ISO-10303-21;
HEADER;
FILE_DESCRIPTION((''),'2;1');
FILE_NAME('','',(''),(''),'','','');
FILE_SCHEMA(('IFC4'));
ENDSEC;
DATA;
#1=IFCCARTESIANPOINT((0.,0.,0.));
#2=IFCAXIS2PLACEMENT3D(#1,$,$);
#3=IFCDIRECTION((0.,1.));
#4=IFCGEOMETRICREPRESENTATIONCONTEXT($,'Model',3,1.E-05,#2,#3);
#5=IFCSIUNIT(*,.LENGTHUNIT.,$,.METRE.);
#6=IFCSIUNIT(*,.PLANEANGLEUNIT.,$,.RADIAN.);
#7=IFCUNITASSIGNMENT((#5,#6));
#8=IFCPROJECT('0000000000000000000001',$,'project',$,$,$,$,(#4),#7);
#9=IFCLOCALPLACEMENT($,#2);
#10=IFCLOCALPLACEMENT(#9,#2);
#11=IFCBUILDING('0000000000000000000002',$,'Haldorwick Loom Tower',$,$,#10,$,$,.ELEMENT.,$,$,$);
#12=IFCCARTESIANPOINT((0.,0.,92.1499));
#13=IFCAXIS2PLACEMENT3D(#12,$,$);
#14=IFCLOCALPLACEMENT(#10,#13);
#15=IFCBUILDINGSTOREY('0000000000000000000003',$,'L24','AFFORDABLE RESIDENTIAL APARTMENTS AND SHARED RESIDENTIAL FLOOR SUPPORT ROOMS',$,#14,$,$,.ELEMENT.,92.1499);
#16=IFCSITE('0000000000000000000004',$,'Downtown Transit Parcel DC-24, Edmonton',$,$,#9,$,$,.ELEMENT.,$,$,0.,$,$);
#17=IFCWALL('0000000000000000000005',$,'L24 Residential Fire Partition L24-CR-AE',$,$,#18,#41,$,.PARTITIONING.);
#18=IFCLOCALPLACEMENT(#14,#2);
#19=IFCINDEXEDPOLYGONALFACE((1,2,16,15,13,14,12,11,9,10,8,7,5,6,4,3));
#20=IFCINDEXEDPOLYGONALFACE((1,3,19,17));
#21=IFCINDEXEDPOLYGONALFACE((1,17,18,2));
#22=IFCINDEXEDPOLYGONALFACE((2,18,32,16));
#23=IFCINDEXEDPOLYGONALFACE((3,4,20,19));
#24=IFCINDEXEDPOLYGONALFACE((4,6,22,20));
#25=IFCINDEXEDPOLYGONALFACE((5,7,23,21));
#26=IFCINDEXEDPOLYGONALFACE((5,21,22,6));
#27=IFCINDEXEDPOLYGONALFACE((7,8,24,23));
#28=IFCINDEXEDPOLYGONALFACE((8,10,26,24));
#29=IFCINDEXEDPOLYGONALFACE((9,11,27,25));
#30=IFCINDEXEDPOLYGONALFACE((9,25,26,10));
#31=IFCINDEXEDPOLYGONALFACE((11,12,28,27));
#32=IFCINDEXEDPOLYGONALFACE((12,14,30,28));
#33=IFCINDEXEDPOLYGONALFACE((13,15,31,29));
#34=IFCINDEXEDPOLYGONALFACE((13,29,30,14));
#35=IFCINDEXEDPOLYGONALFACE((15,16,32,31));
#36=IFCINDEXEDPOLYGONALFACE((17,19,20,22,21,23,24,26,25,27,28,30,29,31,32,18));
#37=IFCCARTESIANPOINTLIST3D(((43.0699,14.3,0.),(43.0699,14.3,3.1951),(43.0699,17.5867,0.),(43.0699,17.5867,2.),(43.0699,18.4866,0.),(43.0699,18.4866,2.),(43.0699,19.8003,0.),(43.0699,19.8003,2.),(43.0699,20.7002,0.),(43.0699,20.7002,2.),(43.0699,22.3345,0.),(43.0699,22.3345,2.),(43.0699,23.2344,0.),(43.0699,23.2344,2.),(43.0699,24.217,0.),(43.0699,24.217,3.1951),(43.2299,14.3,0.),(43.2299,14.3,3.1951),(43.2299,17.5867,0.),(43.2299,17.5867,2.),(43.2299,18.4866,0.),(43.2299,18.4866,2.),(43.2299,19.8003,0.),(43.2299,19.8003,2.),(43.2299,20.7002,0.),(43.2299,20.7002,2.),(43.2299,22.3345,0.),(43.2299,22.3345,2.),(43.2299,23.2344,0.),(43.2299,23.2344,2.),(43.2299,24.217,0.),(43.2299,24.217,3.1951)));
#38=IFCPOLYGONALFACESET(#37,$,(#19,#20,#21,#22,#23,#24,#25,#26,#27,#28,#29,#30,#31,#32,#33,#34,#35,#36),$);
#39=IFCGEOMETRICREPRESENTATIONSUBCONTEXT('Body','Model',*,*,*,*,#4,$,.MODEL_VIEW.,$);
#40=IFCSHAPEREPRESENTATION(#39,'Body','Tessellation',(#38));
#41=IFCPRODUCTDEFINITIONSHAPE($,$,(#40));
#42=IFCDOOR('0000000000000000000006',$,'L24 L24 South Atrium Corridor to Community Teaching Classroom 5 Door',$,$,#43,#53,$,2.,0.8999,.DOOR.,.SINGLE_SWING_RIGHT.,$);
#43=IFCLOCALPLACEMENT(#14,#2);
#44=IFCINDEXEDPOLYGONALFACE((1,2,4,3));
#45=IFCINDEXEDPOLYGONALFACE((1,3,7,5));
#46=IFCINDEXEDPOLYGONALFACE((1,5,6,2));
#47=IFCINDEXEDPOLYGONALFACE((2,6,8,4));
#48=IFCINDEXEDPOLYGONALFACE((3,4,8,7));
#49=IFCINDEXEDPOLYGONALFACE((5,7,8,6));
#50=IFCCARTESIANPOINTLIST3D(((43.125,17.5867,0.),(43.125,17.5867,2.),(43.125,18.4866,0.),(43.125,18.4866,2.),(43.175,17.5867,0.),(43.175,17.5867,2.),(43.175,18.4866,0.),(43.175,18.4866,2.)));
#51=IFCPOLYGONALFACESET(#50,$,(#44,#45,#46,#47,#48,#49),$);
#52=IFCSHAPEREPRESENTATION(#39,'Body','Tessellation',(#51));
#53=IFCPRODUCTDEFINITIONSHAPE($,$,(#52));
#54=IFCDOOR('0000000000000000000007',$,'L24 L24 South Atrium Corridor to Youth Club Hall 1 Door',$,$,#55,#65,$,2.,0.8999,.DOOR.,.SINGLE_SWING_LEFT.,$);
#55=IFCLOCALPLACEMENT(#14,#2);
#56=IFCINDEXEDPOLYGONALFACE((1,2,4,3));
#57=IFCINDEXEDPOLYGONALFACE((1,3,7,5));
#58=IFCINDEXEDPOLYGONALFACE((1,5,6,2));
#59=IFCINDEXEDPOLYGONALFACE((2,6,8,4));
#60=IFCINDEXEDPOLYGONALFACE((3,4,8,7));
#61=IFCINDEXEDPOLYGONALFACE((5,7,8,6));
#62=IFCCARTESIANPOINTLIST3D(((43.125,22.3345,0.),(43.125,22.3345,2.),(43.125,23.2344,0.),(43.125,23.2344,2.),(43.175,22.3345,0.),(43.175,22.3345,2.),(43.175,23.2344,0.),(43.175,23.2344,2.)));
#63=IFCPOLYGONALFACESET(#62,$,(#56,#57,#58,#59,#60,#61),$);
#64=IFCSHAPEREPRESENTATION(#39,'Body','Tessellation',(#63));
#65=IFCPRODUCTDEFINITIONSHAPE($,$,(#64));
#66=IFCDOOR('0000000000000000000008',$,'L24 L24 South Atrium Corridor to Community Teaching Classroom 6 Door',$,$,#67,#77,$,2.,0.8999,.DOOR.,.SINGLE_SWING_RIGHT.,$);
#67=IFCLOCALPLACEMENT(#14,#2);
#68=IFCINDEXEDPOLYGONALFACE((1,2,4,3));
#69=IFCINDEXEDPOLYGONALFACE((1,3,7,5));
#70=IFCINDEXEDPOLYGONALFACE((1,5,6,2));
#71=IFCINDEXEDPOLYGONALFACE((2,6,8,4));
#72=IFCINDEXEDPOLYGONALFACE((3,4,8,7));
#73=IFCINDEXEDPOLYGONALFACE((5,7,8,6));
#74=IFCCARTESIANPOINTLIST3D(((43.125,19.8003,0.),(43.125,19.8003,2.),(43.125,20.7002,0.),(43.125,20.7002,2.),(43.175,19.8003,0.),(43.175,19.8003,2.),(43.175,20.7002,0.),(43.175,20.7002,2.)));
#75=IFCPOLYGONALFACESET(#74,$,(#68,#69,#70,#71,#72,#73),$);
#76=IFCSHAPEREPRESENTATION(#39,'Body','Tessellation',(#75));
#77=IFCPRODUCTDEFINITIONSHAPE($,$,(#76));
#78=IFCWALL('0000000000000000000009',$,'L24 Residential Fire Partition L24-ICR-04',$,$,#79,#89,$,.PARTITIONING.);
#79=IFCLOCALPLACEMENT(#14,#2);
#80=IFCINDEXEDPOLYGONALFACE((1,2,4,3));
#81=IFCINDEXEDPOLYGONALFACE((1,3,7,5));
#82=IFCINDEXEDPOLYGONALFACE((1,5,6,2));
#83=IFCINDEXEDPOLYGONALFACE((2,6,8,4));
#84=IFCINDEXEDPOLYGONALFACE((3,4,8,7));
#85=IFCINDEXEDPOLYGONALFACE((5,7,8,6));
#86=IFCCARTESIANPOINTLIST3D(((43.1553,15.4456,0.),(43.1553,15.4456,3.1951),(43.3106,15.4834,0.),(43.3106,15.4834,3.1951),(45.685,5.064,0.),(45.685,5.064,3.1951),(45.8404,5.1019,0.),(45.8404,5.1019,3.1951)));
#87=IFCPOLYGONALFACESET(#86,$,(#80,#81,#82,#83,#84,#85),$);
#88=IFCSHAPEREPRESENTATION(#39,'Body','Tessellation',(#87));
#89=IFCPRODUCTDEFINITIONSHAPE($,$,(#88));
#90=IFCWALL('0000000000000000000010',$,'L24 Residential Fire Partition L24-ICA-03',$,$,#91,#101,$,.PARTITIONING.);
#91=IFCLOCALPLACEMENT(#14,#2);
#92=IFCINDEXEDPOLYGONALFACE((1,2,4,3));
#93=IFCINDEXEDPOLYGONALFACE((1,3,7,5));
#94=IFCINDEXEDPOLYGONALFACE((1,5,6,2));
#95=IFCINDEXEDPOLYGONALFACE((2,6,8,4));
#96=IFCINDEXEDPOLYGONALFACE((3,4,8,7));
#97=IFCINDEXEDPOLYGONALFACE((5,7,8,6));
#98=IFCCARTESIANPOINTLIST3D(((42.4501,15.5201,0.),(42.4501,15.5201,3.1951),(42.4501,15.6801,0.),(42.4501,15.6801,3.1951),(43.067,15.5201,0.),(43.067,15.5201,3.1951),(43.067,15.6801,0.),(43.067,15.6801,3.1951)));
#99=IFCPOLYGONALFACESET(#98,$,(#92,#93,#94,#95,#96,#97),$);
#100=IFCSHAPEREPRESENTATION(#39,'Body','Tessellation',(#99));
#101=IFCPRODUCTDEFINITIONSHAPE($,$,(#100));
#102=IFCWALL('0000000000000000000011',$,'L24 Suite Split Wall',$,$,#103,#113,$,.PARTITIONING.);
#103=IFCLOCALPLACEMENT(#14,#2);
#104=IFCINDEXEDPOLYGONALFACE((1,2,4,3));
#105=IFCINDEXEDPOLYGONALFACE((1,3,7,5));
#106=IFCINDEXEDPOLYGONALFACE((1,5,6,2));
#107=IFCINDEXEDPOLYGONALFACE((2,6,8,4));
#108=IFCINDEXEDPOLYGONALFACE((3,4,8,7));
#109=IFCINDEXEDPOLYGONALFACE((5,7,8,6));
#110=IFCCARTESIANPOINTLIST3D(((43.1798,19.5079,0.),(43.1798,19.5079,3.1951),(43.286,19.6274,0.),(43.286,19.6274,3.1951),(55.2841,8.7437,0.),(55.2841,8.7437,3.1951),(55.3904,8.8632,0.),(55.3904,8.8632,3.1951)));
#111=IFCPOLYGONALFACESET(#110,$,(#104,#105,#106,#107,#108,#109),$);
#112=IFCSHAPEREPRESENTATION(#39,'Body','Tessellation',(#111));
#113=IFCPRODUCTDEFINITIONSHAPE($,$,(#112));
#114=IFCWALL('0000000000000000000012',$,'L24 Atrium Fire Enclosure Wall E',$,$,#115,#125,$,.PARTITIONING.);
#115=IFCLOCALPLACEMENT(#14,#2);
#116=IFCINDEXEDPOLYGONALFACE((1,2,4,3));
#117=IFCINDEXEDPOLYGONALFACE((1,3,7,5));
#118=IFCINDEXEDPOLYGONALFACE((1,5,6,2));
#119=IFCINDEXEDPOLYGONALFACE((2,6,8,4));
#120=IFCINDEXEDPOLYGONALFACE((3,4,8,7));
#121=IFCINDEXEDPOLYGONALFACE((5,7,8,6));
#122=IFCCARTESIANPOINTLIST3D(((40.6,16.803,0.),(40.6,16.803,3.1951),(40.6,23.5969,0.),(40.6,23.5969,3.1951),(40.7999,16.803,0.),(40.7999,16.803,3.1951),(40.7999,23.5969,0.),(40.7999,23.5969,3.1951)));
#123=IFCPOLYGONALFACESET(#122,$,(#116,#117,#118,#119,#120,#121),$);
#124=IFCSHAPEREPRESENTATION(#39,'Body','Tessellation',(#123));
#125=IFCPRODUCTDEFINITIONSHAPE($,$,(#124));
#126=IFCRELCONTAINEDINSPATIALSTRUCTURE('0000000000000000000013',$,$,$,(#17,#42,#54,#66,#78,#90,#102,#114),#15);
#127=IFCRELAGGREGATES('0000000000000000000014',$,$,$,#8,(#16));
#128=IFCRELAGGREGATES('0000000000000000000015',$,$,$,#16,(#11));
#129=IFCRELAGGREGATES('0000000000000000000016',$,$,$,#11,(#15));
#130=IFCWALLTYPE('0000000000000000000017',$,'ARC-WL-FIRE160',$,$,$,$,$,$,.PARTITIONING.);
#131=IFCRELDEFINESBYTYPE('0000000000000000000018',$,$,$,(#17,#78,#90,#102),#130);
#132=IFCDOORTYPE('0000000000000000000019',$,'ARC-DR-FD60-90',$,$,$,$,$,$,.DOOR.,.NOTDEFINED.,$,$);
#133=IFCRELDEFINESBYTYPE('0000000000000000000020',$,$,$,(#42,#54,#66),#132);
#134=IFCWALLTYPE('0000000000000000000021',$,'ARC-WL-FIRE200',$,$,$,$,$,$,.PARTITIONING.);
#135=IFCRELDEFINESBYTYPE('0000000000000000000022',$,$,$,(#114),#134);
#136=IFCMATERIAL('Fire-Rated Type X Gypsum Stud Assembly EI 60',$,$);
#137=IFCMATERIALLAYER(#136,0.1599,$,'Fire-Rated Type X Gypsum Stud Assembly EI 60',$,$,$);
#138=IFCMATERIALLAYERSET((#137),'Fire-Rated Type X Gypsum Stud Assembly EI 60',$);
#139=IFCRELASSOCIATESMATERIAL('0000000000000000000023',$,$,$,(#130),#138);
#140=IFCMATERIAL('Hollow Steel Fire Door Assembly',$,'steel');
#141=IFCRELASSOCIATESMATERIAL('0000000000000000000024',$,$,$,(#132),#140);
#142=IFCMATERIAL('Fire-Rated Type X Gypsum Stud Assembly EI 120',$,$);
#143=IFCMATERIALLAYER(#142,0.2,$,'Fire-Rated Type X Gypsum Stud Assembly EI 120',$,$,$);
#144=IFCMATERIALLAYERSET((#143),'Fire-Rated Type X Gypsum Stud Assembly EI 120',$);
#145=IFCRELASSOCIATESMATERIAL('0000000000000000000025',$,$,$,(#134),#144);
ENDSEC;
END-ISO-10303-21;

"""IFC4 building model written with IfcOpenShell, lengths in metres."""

from ifc_helpers import new_model, si_unit, direction, frame, frame_2d, origin, place, context, subcontext, project, spatial, rectangle, extrude, material, layer, layer_set, type_object, element, fill, save


model = new_model("IFC4")

# Units and contexts
model_context = context("Model", 3, precision=1e-05, world=origin(), true_north=direction((0.0, 1.0)))
body_context = subcontext(model_context, "Body", "Model", "MODEL_VIEW")
ifc_project = project(units=[si_unit("LENGTHUNIT", "METRE"), si_unit("PLANEANGLEUNIT", "RADIAN")], contexts=[model_context])

# Site, building, storey
site_placement = place(None, origin())
site = spatial("IfcSite", under=ifc_project, at=site_placement, Name="Downtown Transit Parcel DC-24, Edmonton", CompositionType="ELEMENT", RefElevation=0.0)
building_placement = place(site_placement, origin())
building = spatial("IfcBuilding", under=site, at=building_placement, Name="Haldorwick Loom Tower", CompositionType="ELEMENT")
storey_placement = place(building_placement, frame((0.0, 0.0, 92.1499)))
storey = spatial("IfcBuildingStorey", under=building, at=storey_placement, Name="L24", Description="AFFORDABLE RESIDENTIAL APARTMENTS AND SHARED RESIDENTIAL FLOOR SUPPORT ROOMS", CompositionType="ELEMENT", Elevation=92.1499)

# Wall, openings, doors
ifc_material_1 = material(Name="Fire-Rated Type X Gypsum Stud Assembly EI 60")
ifc_layer_1 = layer(ifc_material_1, 0.1599, Name="Fire-Rated Type X Gypsum Stud Assembly EI 60")
ifc_layer_set_1 = layer_set([ifc_layer_1], Name="Fire-Rated Type X Gypsum Stud Assembly EI 60")
wall_type_1 = type_object("IfcWallType", Name="ARC-WL-FIRE160", PredefinedType="PARTITIONING", material=ifc_layer_set_1)
wall_1_placement = place(storey_placement, frame((43.1499, 14.3, 0.0), z_axis=(0.0, 0.0, 1.0), x_axis=(0.0, 1.0, 0.0)))
wall_1 = element("IfcWall", 1, at=wall_1_placement, inside=storey, type_object=wall_type_1, Name="L24 Residential Fire Partition L24-CR-AE", PredefinedType="PARTITIONING", context=body_context, shape_type="SweptSolid", body=[
    extrude(rectangle(XDim=9.917, YDim=0.1599, at=frame_2d((4.9585, 0.0))), origin(), (0.0, 0.0, 1.0), 3.1951),
])
opening_1_placement = place(wall_1_placement, frame((3.2866, 0.0, 0.0)))
opening_1 = element("IfcOpeningElement", 2, at=opening_1_placement, cuts=wall_1, PredefinedType="OPENING", context=body_context, shape_type="SweptSolid", body=[
    extrude(rectangle(XDim=0.8999, YDim=2.0, at=frame_2d((0.45, 1.0))), frame((0.0, 0.0898, 0.0), z_axis=(0.0, -1.0, 0.0), x_axis=(1.0, 0.0, 0.0)), (0.0, 0.0, 1.0), 0.1799),
])
opening_2_placement = place(wall_1_placement, frame((8.0344, 0.0, 0.0)))
opening_2 = element("IfcOpeningElement", 3, at=opening_2_placement, cuts=wall_1, PredefinedType="OPENING", context=body_context, shape_type="SweptSolid", body=[
    extrude(rectangle(XDim=0.8999, YDim=2.0, at=frame_2d((0.45, 1.0))), frame((0.0, 0.0898, 0.0), z_axis=(0.0, -1.0, 0.0), x_axis=(1.0, 0.0, 0.0)), (0.0, 0.0, 1.0), 0.1799),
])
opening_3_placement = place(wall_1_placement, frame((5.5002, 0.0, 0.0)))
opening_3 = element("IfcOpeningElement", 4, at=opening_3_placement, cuts=wall_1, PredefinedType="OPENING", context=body_context, shape_type="SweptSolid", body=[
    extrude(rectangle(XDim=0.8999, YDim=2.0, at=frame_2d((0.45, 1.0))), frame((0.0, 0.0898, 0.0), z_axis=(0.0, -1.0, 0.0), x_axis=(1.0, 0.0, 0.0)), (0.0, 0.0, 1.0), 0.1799),
])
ifc_material_2 = material(Name="Hollow Steel Fire Door Assembly", Category="steel")
door_type = type_object("IfcDoorType", Name="ARC-DR-FD60-90", OperationType="NOTDEFINED", PredefinedType="DOOR", material=ifc_material_2)
door_1_placement = place(opening_1_placement, origin())
door_1 = element("IfcDoor", 5, at=door_1_placement, inside=storey, type_object=door_type, Name="L24 L24 South Atrium Corridor to Community Teaching Classroom 5 Door", OperationType="SINGLE_SWING_RIGHT", OverallHeight=2.0, OverallWidth=0.8999, PredefinedType="DOOR", context=body_context, shape_type="SweptSolid", body=[
    extrude(rectangle(XDim=0.8999, YDim=2.0, at=frame_2d((0.45, 1.0))), frame((0.0, 0.0249, 0.0), z_axis=(0.0, -1.0, 0.0), x_axis=(1.0, 0.0, 0.0)), (0.0, 0.0, 1.0), 0.05),
])
fill(opening_1, door_1)
door_2_placement = place(opening_2_placement, origin())
door_2 = element("IfcDoor", 6, at=door_2_placement, inside=storey, type_object=door_type, Name="L24 L24 South Atrium Corridor to Youth Club Hall 1 Door", OperationType="SINGLE_SWING_LEFT", OverallHeight=2.0, OverallWidth=0.8999, PredefinedType="DOOR", context=body_context, shape_type="SweptSolid", body=[
    extrude(rectangle(XDim=0.8999, YDim=2.0, at=frame_2d((0.45, 1.0))), frame((0.0, 0.0249, 0.0), z_axis=(0.0, -1.0, 0.0), x_axis=(1.0, 0.0, 0.0)), (0.0, 0.0, 1.0), 0.05),
])
fill(opening_2, door_2)
door_3_placement = place(opening_3_placement, origin())
door_3 = element("IfcDoor", 7, at=door_3_placement, inside=storey, type_object=door_type, Name="L24 L24 South Atrium Corridor to Community Teaching Classroom 6 Door", OperationType="SINGLE_SWING_RIGHT", OverallHeight=2.0, OverallWidth=0.8999, PredefinedType="DOOR", context=body_context, shape_type="SweptSolid", body=[
    extrude(rectangle(XDim=0.8999, YDim=2.0, at=frame_2d((0.45, 1.0))), frame((0.0, 0.0249, 0.0), z_axis=(0.0, -1.0, 0.0), x_axis=(1.0, 0.0, 0.0)), (0.0, 0.0, 1.0), 0.05),
])
fill(opening_3, door_3)

# Walls
wall_2_placement = place(storey_placement, frame((43.2329, 15.4646, 0.0), z_axis=(0.0, 0.0, 1.0), x_axis=(0.236752, -0.97157, 0.0)))
element("IfcWall", 8, at=wall_2_placement, inside=storey, type_object=wall_type_1, Name="L24 Residential Fire Partition L24-ICR-04", PredefinedType="PARTITIONING", context=body_context, shape_type="SweptSolid", body=[
    extrude(rectangle(XDim=10.6853, YDim=0.1599, at=frame_2d((5.3428, 0.0))), origin(), (0.0, 0.0, 1.0), 3.1951),
])
wall_3_placement = place(storey_placement, frame((42.45, 15.6001, 0.0), z_axis=(0.0, 0.0, 1.0), x_axis=(1.0, 0.0, 0.0)))
element("IfcWall", 9, at=wall_3_placement, inside=storey, type_object=wall_type_1, Name="L24 Residential Fire Partition L24-ICA-03", PredefinedType="PARTITIONING", context=body_context, shape_type="SweptSolid", body=[
    extrude(rectangle(XDim=0.6169, YDim=0.1599, at=frame_2d((0.3086, 0.0))), origin(), (0.0, 0.0, 1.0), 3.1951),
])
wall_4_placement = place(storey_placement, frame((43.2329, 19.5676, 0.0), z_axis=(0.0, 0.0, 1.0), x_axis=(0.747261, -0.66453, 0.0)))
element("IfcWall", 10, at=wall_4_placement, inside=storey, type_object=wall_type_1, Name="L24 Suite Split Wall", PredefinedType="PARTITIONING", context=body_context, shape_type="SweptSolid", body=[
    extrude(rectangle(XDim=16.1982, YDim=0.1599, at=frame_2d((8.0991, 0.0))), origin(), (0.0, 0.0, 1.0), 3.1951),
])
ifc_material_3 = material(Name="Fire-Rated Type X Gypsum Stud Assembly EI 120")
ifc_layer_2 = layer(ifc_material_3, 0.2, Name="Fire-Rated Type X Gypsum Stud Assembly EI 120")
ifc_layer_set_2 = layer_set([ifc_layer_2], Name="Fire-Rated Type X Gypsum Stud Assembly EI 120")
wall_type_2 = type_object("IfcWallType", Name="ARC-WL-FIRE200", PredefinedType="PARTITIONING", material=ifc_layer_set_2)
wall_5_placement = place(storey_placement, frame((40.7, 23.5969, 0.0), z_axis=(0.0, 0.0, 1.0), x_axis=(0.0, -1.0, 0.0)))
element("IfcWall", 11, at=wall_5_placement, inside=storey, type_object=wall_type_2, Name="L24 Atrium Fire Enclosure Wall E", PredefinedType="PARTITIONING", context=body_context, shape_type="SweptSolid", body=[
    extrude(rectangle(XDim=6.7939, YDim=0.2, at=frame_2d((3.397, 0.0))), origin(), (0.0, 0.0, 1.0), 3.1951),
])

save(model, "model.ifc")
